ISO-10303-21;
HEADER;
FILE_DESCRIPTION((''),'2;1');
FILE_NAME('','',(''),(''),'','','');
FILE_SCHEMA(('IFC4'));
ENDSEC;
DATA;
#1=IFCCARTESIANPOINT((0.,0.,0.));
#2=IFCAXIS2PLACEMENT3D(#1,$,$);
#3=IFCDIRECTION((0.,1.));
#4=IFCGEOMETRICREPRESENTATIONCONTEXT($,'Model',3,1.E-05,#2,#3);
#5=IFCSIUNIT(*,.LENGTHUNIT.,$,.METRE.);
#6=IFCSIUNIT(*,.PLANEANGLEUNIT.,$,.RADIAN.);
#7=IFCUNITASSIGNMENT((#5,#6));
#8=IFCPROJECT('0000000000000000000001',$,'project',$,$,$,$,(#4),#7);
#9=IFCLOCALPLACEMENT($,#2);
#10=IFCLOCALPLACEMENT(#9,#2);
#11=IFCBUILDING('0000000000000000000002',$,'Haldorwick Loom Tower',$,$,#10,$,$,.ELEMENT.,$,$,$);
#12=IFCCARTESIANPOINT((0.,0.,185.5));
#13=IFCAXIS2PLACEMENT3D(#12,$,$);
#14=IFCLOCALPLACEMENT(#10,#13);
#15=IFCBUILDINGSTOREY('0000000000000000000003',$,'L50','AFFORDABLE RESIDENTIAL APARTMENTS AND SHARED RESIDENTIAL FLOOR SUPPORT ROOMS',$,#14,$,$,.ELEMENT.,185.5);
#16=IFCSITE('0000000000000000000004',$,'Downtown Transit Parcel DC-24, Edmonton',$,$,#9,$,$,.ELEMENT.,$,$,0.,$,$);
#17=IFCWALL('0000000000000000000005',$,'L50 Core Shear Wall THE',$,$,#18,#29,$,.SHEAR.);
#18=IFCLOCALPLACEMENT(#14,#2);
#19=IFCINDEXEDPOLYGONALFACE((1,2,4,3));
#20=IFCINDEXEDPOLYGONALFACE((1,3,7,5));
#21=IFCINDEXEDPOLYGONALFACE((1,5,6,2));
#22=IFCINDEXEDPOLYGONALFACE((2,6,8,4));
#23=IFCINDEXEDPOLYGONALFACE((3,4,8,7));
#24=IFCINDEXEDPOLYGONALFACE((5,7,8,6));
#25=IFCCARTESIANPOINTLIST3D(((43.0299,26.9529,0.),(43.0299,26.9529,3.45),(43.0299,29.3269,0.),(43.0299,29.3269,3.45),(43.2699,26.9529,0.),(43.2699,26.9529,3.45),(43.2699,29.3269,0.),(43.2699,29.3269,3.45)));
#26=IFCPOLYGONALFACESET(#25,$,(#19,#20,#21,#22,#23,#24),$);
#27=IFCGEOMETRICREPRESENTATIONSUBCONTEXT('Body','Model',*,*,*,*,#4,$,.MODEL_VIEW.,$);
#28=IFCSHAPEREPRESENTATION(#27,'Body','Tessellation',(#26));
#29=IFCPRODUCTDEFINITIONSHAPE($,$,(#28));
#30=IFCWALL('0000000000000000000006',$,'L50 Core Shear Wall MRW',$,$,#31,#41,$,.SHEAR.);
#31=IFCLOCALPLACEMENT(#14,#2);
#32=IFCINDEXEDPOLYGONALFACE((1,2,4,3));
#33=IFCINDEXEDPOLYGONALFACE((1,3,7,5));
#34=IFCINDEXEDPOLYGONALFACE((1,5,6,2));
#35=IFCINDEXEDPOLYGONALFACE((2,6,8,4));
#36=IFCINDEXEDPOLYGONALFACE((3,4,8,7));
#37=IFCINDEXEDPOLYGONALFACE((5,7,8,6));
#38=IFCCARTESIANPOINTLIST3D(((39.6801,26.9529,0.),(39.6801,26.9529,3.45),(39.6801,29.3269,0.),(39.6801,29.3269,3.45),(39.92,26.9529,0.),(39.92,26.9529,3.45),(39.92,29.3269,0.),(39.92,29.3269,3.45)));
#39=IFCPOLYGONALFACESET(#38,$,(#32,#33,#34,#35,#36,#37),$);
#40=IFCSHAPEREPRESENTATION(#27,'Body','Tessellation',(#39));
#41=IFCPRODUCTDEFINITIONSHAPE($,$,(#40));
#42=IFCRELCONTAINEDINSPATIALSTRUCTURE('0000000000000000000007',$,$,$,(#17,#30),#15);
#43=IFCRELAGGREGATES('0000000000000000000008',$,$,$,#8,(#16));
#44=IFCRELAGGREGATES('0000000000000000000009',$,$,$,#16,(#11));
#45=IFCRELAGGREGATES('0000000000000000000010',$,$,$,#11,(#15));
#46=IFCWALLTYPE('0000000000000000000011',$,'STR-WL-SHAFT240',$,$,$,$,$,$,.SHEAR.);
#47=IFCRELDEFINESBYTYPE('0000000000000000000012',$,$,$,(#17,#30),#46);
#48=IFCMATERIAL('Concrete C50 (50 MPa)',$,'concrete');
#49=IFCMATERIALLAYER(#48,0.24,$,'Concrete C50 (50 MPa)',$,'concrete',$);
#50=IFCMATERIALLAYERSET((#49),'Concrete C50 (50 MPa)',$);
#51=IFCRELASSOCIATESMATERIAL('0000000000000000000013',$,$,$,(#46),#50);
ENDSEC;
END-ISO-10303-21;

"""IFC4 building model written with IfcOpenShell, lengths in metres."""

from ifc_helpers import new_model, si_unit, direction, frame, frame_2d, origin, place, context, subcontext, project, spatial, rectangle, extrude, material, layer, layer_set, type_object, element, save


model = new_model("IFC4")

# Units and contexts
model_context = context("Model", 3, precision=1e-05, world=origin(), true_north=direction((0.0, 1.0)))
body_context = subcontext(model_context, "Body", "Model", "MODEL_VIEW")
ifc_project = project(units=[si_unit("LENGTHUNIT", "METRE"), si_unit("PLANEANGLEUNIT", "RADIAN")], contexts=[model_context])

# Site, building, storey
site_placement = place(None, origin())
site = spatial("IfcSite", under=ifc_project, at=site_placement, Name="Downtown Transit Parcel DC-24, Edmonton", CompositionType="ELEMENT", RefElevation=0.0)
building_placement = place(site_placement, origin())
building = spatial("IfcBuilding", under=site, at=building_placement, Name="Haldorwick Loom Tower", CompositionType="ELEMENT")
storey_placement = place(building_placement, frame((0.0, 0.0, 185.5)))
storey = spatial("IfcBuildingStorey", under=building, at=storey_placement, Name="L50", Description="AFFORDABLE RESIDENTIAL APARTMENTS AND SHARED RESIDENTIAL FLOOR SUPPORT ROOMS", CompositionType="ELEMENT", Elevation=185.5)

# Shared definitions
ifc_material_1 = material(Name="Concrete C50 (50 MPa)", Category="concrete")

# Walls
ifc_layer_1 = layer(ifc_material_1, 0.24, Name="Concrete C50 (50 MPa)", Category="concrete")
ifc_layer_set_1 = layer_set([ifc_layer_1], Name="Concrete C50 (50 MPa)")
wall_type_1 = type_object("IfcWallType", Name="STR-WL-SHAFT240", PredefinedType="SHEAR", material=ifc_layer_set_1)
for number, where, z_axis, x_axis, name in (
    (1, (43.1499, 26.9529, 0.0), (0.0, 0.0, 1.0), (0.0, 1.0, 0.0), "L50 Core Shear Wall THE"),
    (2, (39.8, 26.9529, 0.0), (0.0, 0.0, 1.0), (0.0, 1.0, 0.0), "L50 Core Shear Wall MRW"),
):
    element("IfcWall", number, at=place(storey_placement, frame(where, z_axis=z_axis, x_axis=x_axis)), inside=storey, type_object=wall_type_1, Name=name, PredefinedType="SHEAR", context=body_context, shape_type="SweptSolid", body=[
        extrude(rectangle(XDim=2.374, YDim=0.24, at=frame_2d((1.187, 0.0))), origin(), (0.0, 0.0, 1.0), 3.45),
    ])

save(model, "model.ifc")
